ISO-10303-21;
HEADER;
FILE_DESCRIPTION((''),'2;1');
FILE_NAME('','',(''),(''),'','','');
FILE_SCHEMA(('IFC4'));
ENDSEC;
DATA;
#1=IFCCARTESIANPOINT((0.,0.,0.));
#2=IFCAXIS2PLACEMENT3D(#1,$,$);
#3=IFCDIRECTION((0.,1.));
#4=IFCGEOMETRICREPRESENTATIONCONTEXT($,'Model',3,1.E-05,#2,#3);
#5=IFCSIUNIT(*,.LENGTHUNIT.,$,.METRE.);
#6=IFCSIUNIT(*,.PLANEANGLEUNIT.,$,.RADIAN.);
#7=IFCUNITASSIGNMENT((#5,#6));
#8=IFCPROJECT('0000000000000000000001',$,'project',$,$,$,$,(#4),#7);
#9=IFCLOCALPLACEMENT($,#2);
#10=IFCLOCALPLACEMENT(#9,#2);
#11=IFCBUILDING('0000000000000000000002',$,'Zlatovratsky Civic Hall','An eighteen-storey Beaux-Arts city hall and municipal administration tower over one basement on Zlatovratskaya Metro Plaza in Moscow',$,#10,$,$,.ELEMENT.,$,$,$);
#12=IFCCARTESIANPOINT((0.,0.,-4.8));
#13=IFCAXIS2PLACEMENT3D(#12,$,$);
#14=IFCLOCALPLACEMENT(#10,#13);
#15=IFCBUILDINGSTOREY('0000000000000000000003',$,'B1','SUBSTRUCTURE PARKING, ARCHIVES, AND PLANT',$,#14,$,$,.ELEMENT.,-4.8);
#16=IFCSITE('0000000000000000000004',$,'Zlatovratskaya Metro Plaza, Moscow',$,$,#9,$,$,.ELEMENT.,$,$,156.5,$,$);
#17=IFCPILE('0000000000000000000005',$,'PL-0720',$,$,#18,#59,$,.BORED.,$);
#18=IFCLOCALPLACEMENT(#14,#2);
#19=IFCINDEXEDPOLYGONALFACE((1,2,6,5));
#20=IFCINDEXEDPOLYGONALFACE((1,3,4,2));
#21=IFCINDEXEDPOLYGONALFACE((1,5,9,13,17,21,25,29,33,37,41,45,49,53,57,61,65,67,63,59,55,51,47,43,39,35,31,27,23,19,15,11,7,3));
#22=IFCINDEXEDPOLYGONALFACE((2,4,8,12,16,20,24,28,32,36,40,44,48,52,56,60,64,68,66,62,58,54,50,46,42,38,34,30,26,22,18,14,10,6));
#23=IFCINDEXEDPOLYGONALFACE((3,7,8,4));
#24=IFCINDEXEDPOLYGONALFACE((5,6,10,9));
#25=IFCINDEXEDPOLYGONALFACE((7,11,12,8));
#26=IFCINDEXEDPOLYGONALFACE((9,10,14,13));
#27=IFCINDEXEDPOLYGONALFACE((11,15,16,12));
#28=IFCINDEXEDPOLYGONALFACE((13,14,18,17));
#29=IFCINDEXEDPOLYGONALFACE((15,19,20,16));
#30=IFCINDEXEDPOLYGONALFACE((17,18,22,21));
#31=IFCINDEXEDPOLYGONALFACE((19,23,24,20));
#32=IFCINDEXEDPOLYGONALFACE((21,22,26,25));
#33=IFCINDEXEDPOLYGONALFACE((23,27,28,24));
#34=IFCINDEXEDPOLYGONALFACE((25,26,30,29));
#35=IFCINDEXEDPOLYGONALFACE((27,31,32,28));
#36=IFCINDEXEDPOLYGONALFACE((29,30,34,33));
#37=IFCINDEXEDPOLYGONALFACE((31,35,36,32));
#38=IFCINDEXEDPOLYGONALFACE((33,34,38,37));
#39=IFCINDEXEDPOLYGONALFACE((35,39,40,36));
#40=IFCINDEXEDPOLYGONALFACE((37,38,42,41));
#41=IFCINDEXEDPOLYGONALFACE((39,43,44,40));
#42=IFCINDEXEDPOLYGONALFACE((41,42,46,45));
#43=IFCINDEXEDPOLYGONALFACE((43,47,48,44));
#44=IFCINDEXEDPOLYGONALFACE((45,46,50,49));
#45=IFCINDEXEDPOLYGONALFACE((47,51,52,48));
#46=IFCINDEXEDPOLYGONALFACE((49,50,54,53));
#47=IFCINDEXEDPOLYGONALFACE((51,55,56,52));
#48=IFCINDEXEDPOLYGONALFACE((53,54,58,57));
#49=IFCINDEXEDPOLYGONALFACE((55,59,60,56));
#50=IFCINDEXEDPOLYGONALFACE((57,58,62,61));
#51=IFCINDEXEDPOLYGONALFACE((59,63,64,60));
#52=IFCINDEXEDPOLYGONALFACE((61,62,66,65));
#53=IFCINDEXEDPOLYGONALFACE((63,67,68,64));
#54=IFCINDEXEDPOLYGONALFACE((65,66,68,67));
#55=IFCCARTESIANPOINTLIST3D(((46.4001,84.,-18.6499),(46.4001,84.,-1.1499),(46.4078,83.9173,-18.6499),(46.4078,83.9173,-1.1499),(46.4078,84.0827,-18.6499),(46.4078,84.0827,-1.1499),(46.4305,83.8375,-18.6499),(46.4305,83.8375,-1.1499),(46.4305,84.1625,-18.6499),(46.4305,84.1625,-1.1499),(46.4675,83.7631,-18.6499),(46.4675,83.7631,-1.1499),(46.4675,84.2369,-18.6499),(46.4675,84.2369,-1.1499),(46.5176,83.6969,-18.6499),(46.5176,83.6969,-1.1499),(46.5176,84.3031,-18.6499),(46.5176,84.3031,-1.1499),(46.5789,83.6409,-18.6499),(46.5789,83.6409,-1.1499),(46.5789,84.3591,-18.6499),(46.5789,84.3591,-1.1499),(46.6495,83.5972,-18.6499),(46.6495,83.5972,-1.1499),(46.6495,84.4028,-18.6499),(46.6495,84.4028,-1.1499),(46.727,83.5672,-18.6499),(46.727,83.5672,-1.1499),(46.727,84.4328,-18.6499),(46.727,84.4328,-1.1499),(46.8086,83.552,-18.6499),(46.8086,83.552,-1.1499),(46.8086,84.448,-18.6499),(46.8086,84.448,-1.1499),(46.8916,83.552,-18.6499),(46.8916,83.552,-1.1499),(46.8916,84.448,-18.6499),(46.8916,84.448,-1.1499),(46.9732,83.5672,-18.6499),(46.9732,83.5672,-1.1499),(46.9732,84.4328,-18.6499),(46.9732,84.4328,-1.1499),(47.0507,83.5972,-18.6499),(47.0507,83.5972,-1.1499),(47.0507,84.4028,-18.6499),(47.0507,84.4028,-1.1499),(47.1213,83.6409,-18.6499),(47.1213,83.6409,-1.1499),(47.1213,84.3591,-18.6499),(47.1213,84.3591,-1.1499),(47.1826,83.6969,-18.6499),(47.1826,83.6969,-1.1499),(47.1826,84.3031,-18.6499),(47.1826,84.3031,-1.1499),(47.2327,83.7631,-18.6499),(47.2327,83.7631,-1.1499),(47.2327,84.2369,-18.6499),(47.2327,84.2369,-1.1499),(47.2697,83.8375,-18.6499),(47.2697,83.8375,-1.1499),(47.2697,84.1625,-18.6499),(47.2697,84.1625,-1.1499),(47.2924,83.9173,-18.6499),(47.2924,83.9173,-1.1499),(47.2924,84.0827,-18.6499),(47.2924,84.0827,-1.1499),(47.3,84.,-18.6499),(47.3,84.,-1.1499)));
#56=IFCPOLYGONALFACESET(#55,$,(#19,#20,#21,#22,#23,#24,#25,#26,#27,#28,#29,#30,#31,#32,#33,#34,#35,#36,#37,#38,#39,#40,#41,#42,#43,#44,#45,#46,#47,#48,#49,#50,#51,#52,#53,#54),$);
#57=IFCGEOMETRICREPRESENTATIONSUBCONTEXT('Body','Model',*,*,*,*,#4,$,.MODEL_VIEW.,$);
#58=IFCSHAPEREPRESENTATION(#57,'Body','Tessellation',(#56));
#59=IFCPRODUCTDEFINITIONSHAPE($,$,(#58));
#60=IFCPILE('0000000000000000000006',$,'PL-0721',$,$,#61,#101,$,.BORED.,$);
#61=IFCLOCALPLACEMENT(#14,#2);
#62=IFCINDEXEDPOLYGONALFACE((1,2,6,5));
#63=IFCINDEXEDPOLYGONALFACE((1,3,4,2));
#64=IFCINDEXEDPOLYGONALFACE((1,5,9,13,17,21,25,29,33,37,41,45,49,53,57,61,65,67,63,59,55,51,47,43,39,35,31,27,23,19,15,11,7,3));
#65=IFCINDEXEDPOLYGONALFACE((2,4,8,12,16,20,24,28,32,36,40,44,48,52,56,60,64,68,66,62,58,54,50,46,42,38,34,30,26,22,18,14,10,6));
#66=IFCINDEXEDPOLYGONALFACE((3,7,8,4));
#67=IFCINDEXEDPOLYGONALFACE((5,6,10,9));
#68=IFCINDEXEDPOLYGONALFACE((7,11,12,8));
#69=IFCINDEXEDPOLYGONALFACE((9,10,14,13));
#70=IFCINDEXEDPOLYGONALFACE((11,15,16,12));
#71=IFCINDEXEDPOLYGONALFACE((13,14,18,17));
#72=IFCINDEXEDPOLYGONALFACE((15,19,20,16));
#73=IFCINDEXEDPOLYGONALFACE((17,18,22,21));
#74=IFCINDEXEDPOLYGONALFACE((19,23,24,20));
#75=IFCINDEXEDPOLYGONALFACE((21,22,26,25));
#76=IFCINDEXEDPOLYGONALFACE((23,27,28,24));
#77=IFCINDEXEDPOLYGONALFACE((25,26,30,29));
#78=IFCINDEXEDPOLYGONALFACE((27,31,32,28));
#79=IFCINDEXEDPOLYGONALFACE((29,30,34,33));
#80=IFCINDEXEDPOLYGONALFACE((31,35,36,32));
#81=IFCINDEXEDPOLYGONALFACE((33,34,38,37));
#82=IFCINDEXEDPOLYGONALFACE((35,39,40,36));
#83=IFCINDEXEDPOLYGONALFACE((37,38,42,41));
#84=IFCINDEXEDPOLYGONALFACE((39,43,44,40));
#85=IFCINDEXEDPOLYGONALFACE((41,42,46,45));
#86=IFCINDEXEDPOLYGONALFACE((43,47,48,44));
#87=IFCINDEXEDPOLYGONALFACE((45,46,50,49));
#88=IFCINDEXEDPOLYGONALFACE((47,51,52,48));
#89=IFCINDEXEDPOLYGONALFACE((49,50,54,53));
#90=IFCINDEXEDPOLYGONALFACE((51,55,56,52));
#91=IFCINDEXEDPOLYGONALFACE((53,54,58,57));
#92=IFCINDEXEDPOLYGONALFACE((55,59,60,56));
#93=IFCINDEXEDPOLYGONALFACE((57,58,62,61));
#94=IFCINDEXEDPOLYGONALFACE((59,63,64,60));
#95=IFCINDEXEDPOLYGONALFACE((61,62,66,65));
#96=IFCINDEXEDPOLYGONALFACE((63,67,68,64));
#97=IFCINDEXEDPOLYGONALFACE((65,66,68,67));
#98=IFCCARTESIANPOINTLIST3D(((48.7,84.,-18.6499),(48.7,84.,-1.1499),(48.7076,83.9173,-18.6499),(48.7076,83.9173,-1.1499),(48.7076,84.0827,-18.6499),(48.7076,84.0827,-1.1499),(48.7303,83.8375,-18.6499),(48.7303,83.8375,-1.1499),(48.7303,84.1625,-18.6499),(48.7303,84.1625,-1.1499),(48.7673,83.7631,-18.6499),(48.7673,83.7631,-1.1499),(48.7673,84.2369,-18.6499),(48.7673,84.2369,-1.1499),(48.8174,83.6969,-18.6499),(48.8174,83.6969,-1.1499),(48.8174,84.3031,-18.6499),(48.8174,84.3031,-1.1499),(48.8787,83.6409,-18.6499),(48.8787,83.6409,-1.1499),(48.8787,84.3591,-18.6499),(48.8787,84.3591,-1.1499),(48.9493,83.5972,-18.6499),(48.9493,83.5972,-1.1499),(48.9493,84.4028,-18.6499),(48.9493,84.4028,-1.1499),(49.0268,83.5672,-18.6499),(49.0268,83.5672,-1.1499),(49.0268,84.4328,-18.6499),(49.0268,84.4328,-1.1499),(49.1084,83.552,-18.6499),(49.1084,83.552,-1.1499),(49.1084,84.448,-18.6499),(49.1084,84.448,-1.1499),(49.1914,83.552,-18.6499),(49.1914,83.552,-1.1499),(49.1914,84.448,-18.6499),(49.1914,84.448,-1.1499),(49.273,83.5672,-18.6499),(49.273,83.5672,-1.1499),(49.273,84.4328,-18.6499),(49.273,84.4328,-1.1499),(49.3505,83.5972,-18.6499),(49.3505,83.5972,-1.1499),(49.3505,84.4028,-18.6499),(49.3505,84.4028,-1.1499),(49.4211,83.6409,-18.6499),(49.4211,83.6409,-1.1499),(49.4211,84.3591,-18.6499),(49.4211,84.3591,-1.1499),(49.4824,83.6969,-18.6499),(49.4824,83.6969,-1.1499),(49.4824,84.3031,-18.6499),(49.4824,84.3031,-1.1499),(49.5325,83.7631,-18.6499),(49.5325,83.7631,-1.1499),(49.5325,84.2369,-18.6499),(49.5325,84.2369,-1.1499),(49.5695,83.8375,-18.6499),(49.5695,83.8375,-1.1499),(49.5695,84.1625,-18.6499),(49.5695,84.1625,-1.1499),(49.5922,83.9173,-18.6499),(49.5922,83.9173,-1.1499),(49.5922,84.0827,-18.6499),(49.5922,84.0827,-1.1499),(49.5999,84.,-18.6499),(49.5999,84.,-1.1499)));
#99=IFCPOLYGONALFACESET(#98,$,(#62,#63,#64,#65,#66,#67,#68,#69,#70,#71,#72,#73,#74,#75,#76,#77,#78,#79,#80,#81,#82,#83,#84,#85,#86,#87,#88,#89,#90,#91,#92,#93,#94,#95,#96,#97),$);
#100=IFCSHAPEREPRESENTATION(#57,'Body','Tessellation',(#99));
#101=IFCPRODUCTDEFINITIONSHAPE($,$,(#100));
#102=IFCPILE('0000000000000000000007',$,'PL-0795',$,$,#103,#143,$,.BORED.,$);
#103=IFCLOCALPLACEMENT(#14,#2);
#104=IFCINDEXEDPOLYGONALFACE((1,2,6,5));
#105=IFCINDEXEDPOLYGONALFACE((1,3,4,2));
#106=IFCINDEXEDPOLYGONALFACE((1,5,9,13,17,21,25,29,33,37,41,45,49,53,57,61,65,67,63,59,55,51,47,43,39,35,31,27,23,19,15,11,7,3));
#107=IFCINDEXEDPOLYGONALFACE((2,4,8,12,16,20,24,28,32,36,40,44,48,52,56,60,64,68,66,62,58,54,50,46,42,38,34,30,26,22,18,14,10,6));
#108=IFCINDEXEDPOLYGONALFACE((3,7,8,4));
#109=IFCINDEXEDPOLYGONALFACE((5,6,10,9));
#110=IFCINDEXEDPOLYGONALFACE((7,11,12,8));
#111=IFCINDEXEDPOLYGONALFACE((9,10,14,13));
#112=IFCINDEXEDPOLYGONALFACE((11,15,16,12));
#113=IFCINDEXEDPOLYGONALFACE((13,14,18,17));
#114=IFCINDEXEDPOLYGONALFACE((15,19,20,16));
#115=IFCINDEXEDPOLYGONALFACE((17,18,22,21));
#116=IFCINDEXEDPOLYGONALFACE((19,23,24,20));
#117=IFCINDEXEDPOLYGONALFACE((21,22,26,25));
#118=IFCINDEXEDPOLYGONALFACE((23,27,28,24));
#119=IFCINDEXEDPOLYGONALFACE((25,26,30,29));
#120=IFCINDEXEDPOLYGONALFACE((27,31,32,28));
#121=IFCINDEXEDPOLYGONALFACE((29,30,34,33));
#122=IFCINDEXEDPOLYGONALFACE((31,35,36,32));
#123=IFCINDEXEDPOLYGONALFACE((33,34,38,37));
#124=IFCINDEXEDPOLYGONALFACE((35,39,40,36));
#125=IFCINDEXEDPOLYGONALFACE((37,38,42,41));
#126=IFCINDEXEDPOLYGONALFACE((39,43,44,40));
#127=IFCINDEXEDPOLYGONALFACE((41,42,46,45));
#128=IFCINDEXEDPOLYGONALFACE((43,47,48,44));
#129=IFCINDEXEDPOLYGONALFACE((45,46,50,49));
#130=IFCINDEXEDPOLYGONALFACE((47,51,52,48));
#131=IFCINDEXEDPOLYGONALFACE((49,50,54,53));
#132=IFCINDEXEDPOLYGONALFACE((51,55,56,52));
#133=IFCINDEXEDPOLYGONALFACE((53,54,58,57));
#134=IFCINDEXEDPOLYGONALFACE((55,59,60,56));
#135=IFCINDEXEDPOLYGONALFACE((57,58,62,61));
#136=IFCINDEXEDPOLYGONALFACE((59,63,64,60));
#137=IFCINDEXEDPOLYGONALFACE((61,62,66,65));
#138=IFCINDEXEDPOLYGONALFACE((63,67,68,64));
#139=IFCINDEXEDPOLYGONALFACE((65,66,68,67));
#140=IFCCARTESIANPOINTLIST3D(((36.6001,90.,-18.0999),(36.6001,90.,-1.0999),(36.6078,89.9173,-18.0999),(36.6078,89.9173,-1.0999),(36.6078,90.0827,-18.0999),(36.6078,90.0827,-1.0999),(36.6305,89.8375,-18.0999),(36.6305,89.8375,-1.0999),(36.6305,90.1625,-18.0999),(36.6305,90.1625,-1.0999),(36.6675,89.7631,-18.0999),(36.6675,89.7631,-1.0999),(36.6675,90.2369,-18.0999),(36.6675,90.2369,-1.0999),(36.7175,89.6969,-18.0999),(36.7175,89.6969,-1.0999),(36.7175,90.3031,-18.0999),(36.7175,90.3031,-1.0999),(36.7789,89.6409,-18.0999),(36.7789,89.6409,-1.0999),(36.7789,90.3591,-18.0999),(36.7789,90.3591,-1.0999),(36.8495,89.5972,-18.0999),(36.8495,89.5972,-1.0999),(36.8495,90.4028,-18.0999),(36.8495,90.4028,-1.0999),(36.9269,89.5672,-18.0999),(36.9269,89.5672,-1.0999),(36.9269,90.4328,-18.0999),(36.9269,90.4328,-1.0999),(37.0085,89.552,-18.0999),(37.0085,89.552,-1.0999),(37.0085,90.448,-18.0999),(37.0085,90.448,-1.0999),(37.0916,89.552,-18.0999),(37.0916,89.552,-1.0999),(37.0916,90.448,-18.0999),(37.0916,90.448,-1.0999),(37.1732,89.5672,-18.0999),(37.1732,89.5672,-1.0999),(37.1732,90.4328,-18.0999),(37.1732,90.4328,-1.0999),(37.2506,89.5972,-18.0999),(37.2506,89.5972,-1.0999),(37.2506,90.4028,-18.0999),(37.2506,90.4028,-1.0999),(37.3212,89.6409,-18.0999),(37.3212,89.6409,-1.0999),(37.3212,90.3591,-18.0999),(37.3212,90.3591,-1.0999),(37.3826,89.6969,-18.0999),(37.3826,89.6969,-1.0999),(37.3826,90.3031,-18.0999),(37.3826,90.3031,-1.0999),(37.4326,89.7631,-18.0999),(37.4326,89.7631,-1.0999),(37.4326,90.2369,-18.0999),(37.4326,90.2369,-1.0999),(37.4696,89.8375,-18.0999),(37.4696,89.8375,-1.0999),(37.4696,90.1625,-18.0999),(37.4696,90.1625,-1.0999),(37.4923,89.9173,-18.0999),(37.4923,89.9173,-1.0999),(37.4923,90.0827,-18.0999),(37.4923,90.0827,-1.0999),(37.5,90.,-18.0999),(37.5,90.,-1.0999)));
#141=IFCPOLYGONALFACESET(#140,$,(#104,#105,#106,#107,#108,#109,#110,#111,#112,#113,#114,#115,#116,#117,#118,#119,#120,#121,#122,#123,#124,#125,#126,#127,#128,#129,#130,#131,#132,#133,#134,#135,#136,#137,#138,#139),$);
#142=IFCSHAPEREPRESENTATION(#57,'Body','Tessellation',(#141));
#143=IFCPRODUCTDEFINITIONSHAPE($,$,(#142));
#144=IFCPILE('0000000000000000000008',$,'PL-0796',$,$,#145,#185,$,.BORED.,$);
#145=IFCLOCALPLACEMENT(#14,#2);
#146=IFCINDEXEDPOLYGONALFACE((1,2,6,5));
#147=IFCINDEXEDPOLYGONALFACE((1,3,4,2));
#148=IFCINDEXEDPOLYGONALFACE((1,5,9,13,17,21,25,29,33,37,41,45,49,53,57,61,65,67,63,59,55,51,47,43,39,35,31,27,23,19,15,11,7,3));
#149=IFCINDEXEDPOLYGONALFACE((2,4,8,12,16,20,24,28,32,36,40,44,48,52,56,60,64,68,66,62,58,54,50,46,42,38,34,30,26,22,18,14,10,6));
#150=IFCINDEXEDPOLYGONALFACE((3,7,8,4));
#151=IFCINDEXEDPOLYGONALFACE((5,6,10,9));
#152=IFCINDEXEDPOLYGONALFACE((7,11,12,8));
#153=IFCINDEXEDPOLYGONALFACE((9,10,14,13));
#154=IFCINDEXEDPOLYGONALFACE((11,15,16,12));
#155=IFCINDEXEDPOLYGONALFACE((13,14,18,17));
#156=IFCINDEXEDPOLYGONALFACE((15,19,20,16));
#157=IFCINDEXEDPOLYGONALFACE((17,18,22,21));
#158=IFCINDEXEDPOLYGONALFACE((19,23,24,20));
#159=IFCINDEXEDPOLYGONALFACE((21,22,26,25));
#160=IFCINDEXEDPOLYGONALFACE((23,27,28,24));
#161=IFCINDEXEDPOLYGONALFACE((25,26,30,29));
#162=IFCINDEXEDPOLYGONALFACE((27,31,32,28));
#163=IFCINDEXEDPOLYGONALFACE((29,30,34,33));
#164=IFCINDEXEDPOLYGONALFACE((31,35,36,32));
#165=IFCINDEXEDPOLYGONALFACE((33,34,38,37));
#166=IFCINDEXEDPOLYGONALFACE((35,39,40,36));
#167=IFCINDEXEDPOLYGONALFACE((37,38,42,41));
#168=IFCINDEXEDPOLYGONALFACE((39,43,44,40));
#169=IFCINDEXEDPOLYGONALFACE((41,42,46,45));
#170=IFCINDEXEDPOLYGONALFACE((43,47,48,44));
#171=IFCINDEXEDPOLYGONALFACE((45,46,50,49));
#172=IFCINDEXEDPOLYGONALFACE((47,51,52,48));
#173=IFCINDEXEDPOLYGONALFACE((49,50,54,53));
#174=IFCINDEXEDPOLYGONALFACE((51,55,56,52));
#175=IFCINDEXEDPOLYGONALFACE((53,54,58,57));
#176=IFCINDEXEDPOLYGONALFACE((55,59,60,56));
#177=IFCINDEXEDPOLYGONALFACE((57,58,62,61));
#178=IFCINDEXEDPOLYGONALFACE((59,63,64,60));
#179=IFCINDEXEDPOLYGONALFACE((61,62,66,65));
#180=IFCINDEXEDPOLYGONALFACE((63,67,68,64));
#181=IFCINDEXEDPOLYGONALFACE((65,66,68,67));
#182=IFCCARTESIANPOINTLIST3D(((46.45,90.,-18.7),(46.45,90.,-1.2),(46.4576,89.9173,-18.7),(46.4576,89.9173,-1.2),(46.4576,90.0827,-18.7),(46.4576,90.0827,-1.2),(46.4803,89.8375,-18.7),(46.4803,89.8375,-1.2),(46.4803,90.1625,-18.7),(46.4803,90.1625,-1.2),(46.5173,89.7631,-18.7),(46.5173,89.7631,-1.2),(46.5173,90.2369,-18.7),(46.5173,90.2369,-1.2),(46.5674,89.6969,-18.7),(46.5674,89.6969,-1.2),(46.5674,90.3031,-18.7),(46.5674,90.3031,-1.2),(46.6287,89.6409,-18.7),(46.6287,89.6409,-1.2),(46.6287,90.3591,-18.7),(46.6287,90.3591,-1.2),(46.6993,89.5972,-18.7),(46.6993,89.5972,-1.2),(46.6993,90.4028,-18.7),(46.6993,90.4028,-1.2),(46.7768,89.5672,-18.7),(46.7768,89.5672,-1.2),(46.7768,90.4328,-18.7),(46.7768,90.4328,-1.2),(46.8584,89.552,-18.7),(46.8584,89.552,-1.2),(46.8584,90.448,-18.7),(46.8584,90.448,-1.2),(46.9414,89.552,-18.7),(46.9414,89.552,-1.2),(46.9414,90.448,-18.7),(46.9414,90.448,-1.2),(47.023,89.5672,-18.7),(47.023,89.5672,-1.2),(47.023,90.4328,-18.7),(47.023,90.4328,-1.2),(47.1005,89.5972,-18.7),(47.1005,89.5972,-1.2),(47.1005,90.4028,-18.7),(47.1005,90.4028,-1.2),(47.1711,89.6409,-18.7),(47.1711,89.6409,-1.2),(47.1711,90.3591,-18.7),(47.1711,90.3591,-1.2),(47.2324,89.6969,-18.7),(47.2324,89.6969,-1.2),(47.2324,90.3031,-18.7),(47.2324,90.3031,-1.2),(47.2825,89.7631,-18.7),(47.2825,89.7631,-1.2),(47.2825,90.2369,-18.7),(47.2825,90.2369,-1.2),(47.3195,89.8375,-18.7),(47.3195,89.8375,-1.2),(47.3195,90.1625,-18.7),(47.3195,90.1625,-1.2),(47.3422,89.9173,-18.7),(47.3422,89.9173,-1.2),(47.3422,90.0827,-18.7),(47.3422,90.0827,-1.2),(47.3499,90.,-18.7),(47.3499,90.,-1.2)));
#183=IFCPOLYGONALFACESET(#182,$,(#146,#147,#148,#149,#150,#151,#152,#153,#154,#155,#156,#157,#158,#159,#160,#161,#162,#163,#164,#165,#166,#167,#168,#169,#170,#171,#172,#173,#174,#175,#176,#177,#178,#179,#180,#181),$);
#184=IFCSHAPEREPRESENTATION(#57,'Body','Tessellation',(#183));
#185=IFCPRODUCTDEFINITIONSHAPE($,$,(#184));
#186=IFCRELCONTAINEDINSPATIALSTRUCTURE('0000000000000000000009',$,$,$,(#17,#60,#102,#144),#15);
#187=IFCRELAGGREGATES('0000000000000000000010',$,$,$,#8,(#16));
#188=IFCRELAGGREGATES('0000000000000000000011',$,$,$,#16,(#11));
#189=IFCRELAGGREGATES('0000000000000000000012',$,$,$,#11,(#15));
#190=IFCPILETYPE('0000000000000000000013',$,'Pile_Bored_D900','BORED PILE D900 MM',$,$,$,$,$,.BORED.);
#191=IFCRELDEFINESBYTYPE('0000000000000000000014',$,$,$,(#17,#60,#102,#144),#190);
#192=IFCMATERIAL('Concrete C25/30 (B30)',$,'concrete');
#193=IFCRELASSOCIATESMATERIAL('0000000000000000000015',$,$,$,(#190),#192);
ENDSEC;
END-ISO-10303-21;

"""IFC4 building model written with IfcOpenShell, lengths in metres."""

from ifc_helpers import new_model, si_unit, direction, frame, origin, origin_2d, place, context, subcontext, project, spatial, circle, extrude, material, material_profile, profile_set, type_object, element, save


model = new_model("IFC4")

# Units and contexts
model_context = context("Model", 3, precision=1e-05, world=origin(), true_north=direction((0.0, 1.0)))
body_context = subcontext(model_context, "Body", "Model", "MODEL_VIEW")
ifc_project = project(units=[si_unit("LENGTHUNIT", "METRE"), si_unit("PLANEANGLEUNIT", "RADIAN")], contexts=[model_context])

# Site, building, storey
site_placement = place(None, origin())
site = spatial("IfcSite", under=ifc_project, at=site_placement, Name="Zlatovratskaya Metro Plaza, Moscow", CompositionType="ELEMENT", RefElevation=156.5)
building_placement = place(site_placement, origin())
building = spatial("IfcBuilding", under=site, at=building_placement, Name="Zlatovratsky Civic Hall", Description="An eighteen-storey Beaux-Arts city hall and municipal administration tower over one basement on Zlatovratskaya Metro Plaza in Moscow", CompositionType="ELEMENT")
storey_placement = place(building_placement, frame((0.0, 0.0, -4.8)))
storey = spatial("IfcBuildingStorey", under=building, at=storey_placement, Name="B1", Description="SUBSTRUCTURE PARKING, ARCHIVES, AND PLANT", CompositionType="ELEMENT", Elevation=-4.8)

# Shared definitions
ifc_material_1 = material(Name="Concrete C25/30 (B30)", Category="concrete")

# Piles
ifc_material_profile_1 = material_profile(ifc_material_1, circle(Radius=0.45, at=origin_2d()), Name="PILE D900")
ifc_profile_set_1 = profile_set([ifc_material_profile_1], Name="Concrete C25/30 (B30)")
pile_type_1 = type_object("IfcPileType", Name="Pile_Bored_D900", Description="BORED PILE D900 MM", PredefinedType="BORED", material=ifc_profile_set_1)
for number, where, z_axis, x_axis, name in (
    (1, (46.8501, 84.0, -1.1499), (0.0, 0.0, -1.0), (1.0, 0.0, 0.0), "PL-0720"),
    (2, (49.1499, 84.0, -1.1499), (0.0, 0.0, -1.0), (1.0, 0.0, 0.0), "PL-0721"),
):
    element("IfcPile", number, at=place(storey_placement, frame(where, z_axis=z_axis, x_axis=x_axis)), inside=storey, type_object=pile_type_1, Name=name, PredefinedType="BORED", context=body_context, shape_type="SweptSolid", body=[
        extrude(circle(Radius=0.45, at=origin_2d()), origin(), (0.0, 0.0, 1.0), 17.5),
    ])
pile_1_placement = place(storey_placement, frame((37.05, 90.0, -1.0999), z_axis=(0.0, 0.0, -1.0), x_axis=(1.0, 0.0, 0.0)))
element("IfcPile", 3, at=pile_1_placement, inside=storey, type_object=pile_type_1, Name="PL-0795", PredefinedType="BORED", context=body_context, shape_type="SweptSolid", body=[
    extrude(circle(Radius=0.45, at=origin_2d()), origin(), (0.0, 0.0, 1.0), 17.0),
])
pile_2_placement = place(storey_placement, frame((46.8999, 90.0, -1.2), z_axis=(0.0, 0.0, -1.0), x_axis=(1.0, 0.0, 0.0)))
element("IfcPile", 4, at=pile_2_placement, inside=storey, type_object=pile_type_1, Name="PL-0796", PredefinedType="BORED", context=body_context, shape_type="SweptSolid", body=[
    extrude(circle(Radius=0.45, at=origin_2d()), origin(), (0.0, 0.0, 1.0), 17.5),
])

save(model, "model.ifc")
